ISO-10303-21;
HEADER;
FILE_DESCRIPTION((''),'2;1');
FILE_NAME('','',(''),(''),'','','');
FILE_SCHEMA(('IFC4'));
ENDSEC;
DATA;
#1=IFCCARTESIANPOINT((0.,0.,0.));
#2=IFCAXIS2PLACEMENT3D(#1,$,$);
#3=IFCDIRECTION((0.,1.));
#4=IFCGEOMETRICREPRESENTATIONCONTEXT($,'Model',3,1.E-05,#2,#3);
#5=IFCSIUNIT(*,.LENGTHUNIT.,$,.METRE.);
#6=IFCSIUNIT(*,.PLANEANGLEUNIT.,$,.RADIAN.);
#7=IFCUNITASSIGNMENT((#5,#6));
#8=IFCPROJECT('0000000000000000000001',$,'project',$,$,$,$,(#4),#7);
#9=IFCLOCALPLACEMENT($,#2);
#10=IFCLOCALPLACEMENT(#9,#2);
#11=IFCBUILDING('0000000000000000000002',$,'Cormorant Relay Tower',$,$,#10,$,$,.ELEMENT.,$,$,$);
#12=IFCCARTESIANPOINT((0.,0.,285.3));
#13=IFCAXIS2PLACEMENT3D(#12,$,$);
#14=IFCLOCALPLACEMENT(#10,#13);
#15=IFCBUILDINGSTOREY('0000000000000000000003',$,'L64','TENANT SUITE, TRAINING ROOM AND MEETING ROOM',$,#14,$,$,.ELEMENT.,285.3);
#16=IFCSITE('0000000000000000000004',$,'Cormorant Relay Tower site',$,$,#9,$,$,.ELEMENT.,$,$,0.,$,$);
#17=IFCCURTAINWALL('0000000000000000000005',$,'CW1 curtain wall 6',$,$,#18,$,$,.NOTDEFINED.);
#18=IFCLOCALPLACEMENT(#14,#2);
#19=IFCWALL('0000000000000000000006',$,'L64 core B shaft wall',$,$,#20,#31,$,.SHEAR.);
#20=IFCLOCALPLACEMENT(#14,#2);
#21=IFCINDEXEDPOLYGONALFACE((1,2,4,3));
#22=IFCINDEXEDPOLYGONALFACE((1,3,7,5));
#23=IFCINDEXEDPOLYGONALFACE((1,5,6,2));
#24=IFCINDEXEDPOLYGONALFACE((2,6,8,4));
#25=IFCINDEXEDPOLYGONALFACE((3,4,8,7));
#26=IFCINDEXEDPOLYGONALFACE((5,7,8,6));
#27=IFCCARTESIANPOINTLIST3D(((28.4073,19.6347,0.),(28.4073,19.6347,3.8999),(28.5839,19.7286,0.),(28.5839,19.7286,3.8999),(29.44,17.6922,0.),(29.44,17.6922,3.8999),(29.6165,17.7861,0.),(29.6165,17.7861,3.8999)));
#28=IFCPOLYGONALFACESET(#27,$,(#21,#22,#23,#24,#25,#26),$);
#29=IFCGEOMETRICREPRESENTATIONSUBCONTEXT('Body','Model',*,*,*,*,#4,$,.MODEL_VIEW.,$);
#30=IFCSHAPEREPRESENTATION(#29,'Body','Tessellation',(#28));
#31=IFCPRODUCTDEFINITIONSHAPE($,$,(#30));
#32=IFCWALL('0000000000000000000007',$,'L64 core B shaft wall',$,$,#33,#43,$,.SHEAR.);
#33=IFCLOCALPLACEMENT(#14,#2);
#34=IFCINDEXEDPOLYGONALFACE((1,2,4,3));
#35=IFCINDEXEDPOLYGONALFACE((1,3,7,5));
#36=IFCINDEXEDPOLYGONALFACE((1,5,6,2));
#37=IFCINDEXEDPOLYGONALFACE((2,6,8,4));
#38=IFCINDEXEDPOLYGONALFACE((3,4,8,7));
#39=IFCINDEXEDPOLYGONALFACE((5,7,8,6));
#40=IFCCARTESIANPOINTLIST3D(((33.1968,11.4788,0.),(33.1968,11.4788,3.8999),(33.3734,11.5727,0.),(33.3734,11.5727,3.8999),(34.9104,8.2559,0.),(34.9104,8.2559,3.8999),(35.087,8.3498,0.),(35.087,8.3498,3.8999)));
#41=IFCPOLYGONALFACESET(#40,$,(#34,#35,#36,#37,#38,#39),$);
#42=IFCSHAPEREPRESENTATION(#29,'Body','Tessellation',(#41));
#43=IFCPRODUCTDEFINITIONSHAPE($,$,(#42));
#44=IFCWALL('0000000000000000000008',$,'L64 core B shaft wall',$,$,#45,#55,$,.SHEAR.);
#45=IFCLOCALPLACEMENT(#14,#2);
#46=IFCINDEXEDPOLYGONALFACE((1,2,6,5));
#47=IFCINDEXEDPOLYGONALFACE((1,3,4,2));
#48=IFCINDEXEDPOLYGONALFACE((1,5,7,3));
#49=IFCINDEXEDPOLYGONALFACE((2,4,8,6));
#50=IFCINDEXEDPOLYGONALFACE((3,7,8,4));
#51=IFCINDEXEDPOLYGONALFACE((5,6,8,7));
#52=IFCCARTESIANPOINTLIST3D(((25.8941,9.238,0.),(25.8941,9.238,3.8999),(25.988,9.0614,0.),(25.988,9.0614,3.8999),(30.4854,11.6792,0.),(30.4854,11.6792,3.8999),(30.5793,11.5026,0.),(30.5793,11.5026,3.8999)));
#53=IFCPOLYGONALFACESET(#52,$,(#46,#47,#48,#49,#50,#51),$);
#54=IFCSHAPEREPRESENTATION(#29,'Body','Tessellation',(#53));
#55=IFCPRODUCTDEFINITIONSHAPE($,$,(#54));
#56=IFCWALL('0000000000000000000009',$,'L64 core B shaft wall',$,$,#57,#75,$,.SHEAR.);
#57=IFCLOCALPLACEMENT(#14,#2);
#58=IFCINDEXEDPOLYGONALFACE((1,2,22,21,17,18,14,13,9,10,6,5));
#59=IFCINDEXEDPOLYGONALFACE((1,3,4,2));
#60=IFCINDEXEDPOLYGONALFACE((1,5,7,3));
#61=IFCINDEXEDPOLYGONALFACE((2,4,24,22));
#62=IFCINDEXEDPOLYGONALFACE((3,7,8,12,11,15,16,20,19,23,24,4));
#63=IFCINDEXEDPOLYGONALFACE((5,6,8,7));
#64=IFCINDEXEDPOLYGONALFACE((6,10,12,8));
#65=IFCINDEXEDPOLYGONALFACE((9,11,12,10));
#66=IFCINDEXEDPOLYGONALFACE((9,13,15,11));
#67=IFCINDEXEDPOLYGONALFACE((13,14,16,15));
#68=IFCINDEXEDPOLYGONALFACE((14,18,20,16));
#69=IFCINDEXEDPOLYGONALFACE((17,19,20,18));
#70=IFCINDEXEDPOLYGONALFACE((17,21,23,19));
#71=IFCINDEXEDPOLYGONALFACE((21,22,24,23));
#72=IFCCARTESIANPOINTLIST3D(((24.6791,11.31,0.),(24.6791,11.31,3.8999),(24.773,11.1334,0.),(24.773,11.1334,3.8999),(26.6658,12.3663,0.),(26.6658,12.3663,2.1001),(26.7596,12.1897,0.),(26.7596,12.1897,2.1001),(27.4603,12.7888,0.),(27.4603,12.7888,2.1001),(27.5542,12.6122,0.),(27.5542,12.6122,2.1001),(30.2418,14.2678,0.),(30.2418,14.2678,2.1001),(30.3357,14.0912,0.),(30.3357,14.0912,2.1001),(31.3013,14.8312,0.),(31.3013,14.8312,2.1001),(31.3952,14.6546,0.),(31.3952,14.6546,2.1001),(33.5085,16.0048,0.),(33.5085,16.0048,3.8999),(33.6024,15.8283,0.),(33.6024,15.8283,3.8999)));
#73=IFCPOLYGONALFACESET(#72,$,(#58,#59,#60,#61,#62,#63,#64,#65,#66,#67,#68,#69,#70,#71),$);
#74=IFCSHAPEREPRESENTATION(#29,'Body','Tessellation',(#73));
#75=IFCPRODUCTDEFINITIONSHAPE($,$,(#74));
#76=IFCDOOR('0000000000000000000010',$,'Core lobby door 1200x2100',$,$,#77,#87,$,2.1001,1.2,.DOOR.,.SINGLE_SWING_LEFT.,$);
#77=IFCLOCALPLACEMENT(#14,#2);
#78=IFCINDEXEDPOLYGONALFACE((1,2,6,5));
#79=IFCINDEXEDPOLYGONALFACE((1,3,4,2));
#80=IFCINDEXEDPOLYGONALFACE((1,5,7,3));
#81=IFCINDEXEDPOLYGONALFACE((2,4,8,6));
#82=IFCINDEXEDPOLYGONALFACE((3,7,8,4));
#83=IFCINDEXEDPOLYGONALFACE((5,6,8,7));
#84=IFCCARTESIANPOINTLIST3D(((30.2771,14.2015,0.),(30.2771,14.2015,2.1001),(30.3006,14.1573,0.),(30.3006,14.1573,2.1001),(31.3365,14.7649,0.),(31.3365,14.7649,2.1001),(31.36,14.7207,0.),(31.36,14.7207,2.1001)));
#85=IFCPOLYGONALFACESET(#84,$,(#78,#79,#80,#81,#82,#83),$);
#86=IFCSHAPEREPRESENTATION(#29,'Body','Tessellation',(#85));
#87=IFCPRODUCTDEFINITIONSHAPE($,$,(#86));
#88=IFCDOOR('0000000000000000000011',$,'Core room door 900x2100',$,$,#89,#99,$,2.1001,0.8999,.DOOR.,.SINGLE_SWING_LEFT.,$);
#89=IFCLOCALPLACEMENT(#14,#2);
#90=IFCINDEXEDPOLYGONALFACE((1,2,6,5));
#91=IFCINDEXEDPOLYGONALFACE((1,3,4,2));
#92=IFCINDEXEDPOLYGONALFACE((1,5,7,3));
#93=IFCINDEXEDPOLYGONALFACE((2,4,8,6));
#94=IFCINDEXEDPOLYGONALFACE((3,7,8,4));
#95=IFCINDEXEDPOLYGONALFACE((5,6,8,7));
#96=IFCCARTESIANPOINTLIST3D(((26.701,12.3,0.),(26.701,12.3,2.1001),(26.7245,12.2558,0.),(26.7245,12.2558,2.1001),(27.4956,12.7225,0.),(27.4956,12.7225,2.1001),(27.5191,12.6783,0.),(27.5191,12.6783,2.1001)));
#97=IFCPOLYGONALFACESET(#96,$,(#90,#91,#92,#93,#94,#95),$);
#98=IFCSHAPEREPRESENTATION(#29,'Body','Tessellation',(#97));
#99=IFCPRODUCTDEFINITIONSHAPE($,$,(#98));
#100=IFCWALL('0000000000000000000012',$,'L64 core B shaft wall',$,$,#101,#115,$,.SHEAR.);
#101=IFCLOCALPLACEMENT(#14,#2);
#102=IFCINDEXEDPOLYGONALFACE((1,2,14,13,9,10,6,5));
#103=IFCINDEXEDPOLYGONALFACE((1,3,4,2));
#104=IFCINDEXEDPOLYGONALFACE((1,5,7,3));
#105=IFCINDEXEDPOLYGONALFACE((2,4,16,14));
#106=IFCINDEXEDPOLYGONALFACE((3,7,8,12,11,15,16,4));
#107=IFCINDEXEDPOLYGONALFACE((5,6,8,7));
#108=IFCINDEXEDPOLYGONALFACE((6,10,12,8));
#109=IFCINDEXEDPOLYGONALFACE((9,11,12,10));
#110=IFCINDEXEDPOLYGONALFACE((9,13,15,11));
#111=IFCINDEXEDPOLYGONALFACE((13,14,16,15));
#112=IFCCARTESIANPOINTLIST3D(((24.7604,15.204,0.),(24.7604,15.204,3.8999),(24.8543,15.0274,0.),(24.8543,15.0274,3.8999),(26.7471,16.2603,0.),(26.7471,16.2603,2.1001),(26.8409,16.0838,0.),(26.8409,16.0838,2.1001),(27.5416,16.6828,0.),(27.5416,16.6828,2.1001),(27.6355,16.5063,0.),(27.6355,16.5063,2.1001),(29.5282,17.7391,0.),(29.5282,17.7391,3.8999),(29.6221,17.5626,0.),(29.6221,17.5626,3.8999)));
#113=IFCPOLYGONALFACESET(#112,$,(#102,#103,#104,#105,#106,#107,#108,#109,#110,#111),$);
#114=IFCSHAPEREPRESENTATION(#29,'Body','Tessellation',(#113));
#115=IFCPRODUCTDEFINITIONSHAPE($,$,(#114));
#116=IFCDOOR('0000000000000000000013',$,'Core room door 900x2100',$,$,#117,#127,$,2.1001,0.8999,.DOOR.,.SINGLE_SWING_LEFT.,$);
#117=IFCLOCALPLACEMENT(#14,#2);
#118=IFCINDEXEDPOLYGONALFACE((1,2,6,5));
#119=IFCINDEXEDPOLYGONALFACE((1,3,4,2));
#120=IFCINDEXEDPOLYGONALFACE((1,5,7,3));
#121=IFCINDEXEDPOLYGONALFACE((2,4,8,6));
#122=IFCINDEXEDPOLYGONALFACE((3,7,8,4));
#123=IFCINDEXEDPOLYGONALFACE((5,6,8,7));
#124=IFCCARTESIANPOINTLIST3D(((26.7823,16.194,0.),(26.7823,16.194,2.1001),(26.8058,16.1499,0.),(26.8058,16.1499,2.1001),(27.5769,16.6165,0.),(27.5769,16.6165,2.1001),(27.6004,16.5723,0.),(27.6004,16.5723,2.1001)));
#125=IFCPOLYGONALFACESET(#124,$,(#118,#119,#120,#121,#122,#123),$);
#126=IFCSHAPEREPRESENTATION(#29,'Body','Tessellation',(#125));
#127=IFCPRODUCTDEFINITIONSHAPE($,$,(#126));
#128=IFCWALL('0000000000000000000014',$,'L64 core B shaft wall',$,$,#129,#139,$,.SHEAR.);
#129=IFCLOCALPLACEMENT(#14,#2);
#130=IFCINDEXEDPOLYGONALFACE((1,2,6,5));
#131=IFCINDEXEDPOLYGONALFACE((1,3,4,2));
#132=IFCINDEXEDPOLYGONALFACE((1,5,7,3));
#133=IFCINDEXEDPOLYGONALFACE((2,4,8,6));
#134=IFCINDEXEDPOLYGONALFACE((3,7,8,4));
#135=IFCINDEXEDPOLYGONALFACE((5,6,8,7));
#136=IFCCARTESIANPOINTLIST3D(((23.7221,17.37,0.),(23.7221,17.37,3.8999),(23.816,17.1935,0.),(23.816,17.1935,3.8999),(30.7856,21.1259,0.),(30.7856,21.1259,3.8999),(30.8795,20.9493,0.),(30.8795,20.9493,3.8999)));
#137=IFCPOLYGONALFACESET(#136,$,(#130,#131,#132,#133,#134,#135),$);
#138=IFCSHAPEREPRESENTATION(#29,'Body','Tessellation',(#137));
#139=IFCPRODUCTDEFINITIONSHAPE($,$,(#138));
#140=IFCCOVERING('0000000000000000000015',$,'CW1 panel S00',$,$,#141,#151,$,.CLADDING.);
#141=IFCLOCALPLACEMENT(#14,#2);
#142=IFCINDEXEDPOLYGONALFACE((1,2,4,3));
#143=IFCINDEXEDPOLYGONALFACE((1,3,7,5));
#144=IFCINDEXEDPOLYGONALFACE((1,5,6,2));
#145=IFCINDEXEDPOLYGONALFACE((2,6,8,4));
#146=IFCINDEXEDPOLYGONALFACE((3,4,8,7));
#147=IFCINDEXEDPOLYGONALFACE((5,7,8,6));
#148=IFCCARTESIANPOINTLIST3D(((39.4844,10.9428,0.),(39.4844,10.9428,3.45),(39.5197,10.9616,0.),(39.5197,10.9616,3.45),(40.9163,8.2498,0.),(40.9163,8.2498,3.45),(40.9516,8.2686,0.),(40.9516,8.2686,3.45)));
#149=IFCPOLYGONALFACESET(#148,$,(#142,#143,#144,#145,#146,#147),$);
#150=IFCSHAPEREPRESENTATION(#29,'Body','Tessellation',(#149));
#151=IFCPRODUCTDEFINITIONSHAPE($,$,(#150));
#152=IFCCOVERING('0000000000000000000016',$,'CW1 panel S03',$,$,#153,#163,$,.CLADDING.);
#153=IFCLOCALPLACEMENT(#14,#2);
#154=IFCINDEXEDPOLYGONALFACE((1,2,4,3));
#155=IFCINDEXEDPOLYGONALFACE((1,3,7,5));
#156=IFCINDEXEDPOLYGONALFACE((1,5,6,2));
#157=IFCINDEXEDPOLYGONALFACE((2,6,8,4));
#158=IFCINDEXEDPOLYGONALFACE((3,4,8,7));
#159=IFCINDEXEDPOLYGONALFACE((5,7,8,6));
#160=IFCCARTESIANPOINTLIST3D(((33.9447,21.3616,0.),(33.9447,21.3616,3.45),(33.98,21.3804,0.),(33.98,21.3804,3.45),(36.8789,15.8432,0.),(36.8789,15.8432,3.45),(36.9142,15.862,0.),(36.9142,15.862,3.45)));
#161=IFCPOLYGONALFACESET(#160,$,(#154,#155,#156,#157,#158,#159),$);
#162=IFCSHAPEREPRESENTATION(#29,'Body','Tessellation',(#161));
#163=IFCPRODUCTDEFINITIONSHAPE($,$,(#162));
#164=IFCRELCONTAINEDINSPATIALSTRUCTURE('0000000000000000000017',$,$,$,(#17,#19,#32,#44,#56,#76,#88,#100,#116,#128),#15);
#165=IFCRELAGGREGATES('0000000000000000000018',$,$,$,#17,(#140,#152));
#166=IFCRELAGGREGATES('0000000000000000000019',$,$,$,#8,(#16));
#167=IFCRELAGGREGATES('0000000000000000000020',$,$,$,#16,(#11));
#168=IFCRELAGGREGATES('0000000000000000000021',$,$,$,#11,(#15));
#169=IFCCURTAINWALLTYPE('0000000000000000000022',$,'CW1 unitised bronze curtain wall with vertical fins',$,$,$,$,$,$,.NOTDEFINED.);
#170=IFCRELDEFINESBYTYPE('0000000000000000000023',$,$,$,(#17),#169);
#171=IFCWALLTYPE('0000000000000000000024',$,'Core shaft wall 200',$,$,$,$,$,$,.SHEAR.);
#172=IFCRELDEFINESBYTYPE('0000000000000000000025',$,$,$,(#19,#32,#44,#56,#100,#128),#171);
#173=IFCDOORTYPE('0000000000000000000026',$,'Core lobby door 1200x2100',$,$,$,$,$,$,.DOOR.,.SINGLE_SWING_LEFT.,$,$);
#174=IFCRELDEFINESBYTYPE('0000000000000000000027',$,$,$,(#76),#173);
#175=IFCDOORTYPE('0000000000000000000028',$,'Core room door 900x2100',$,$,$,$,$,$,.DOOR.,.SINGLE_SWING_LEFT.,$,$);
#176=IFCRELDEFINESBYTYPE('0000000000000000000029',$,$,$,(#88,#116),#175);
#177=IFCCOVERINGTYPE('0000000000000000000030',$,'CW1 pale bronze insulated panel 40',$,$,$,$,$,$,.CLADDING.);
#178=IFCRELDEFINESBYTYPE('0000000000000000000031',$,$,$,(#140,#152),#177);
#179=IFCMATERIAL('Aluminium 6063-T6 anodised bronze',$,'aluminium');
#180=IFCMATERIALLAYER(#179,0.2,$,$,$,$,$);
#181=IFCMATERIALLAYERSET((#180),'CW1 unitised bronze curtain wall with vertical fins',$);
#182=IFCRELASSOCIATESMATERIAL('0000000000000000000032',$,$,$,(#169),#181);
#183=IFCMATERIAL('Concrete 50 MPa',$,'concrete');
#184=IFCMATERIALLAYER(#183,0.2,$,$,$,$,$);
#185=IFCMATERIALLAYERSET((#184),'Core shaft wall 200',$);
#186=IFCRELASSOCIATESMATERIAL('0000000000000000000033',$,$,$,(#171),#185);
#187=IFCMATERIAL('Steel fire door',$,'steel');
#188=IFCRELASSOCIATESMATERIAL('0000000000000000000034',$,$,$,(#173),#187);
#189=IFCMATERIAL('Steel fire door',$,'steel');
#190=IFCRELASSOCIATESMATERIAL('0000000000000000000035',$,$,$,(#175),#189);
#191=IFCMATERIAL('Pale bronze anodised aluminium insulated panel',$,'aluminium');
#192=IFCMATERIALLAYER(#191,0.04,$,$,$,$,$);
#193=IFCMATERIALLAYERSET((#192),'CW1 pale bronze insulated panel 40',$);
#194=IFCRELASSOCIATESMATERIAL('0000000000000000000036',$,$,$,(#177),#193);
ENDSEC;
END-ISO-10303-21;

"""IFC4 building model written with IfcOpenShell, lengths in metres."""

from ifc_helpers import new_model, si_unit, direction, frame, frame_2d, origin, origin_2d, place, context, subcontext, project, spatial, rectangle, extrude, material, layer, layer_set, type_object, element, fill, aggregate, save


model = new_model("IFC4")

# Units and contexts
model_context = context("Model", 3, precision=1e-05, world=origin(), true_north=direction((0.0, 1.0)))
body_context = subcontext(model_context, "Body", "Model", "MODEL_VIEW")
ifc_project = project(units=[si_unit("LENGTHUNIT", "METRE"), si_unit("PLANEANGLEUNIT", "RADIAN")], contexts=[model_context])

# Site, building, storey
site_placement = place(None, origin())
site = spatial("IfcSite", under=ifc_project, at=site_placement, Name="Cormorant Relay Tower site", CompositionType="ELEMENT", RefElevation=0.0)
building_placement = place(site_placement, origin())
building = spatial("IfcBuilding", under=site, at=building_placement, Name="Cormorant Relay Tower", CompositionType="ELEMENT")
storey_placement = place(building_placement, frame((0.0, 0.0, 285.3)))
storey = spatial("IfcBuildingStorey", under=building, at=storey_placement, Name="L64", Description="TENANT SUITE, TRAINING ROOM AND MEETING ROOM", CompositionType="ELEMENT", Elevation=285.3)

# Curtain wall
ifc_material_1 = material(Name="Aluminium 6063-T6 anodised bronze", Category="aluminium")
ifc_layer_1 = layer(ifc_material_1, 0.2)
ifc_layer_set_1 = layer_set([ifc_layer_1], Name="CW1 unitised bronze curtain wall with vertical fins")
curtain_wall_type = type_object("IfcCurtainWallType", Name="CW1 unitised bronze curtain wall with vertical fins", PredefinedType="NOTDEFINED", material=ifc_layer_set_1)
curtain_wall_1_placement = place(storey_placement, origin())
curtain_wall_1 = element("IfcCurtainWall", 1, at=curtain_wall_1_placement, inside=storey, type_object=curtain_wall_type, Name="CW1 curtain wall 6", PredefinedType="NOTDEFINED")

# Shared definitions
ifc_material_2 = material(Name="Concrete 50 MPa", Category="concrete")
ifc_layer_2 = layer(ifc_material_2, 0.2)
ifc_layer_set_2 = layer_set([ifc_layer_2], Name="Core shaft wall 200")
wall_type_1 = type_object("IfcWallType", Name="Core shaft wall 200", PredefinedType="SHEAR", material=ifc_layer_set_2)

# Walls
wall_1_placement = place(storey_placement, frame((29.5283, 17.739, 0.0), z_axis=(0.0, 0.0, 1.0), x_axis=(-0.469401, 0.882985, 0.0)))
element("IfcWall", 2, at=wall_1_placement, inside=storey, type_object=wall_type_1, Name="L64 core B shaft wall", PredefinedType="SHEAR", context=body_context, shape_type="SweptSolid", body=[
    extrude(rectangle(XDim=2.2, YDim=0.2, at=frame_2d((1.1001, 0.0))), origin(), (0.0, 0.0, 1.0), 3.8999),
])
wall_2_placement = place(storey_placement, frame((34.9988, 8.3027, 0.0), z_axis=(0.0, 0.0, 1.0), x_axis=(-0.469467, 0.88295, 0.0)))
element("IfcWall", 3, at=wall_2_placement, inside=storey, type_object=wall_type_1, Name="L64 core B shaft wall", PredefinedType="SHEAR", context=body_context, shape_type="SweptSolid", body=[
    extrude(rectangle(XDim=3.6501, YDim=0.2, at=frame_2d((1.8252, 0.0))), origin(), (0.0, 0.0, 1.0), 3.8999),
])

# Wall
wall_3_placement = place(storey_placement, frame((25.9409, 9.1497, 0.0), z_axis=(0.0, 0.0, 1.0), x_axis=(0.882954, 0.46946, 0.0)))
element("IfcWall", 4, at=wall_3_placement, inside=storey, type_object=wall_type_1, Name="L64 core B shaft wall", PredefinedType="SHEAR", context=body_context, shape_type="SweptSolid", body=[
    extrude(rectangle(XDim=5.2, YDim=0.2, at=frame_2d((2.6001, 0.0))), origin(), (0.0, 0.0, 1.0), 3.8999),
])

# Wall, openings, doors
wall_4_placement = place(storey_placement, frame((24.7261, 11.2217, 0.0), z_axis=(0.0, 0.0, 1.0), x_axis=(0.88294, 0.469485, 0.0)))
wall_4 = element("IfcWall", 5, at=wall_4_placement, inside=storey, type_object=wall_type_1, Name="L64 core B shaft wall", PredefinedType="SHEAR", context=body_context, shape_type="SweptSolid", body=[
    extrude(rectangle(XDim=10.0, YDim=0.2, at=frame_2d((5.0, 0.0))), origin(), (0.0, 0.0, 1.0), 3.8999),
])
opening_1_placement = place(wall_4_placement, frame((6.3, 0.0, 0.0)))
opening_1 = element("IfcOpeningElement", 6, at=opening_1_placement, cuts=wall_4, PredefinedType="OPENING", context=body_context, shape_type="SweptSolid", body=[
    extrude(rectangle(XDim=1.2, YDim=2.1001, at=frame_2d((0.6001, 1.05))), frame((0.0, 0.1099, 0.0), z_axis=(0.0, -1.0, 0.0), x_axis=(1.0, 0.0, 0.0)), (0.0, 0.0, 1.0), 0.22),
])
opening_2_placement = place(wall_4_placement, frame((2.25, 0.0, 0.0)))
opening_2 = element("IfcOpeningElement", 7, at=opening_2_placement, cuts=wall_4, PredefinedType="OPENING", context=body_context, shape_type="SweptSolid", body=[
    extrude(rectangle(XDim=0.8999, YDim=2.1001, at=frame_2d((0.45, 1.05))), frame((0.0, 0.1099, 0.0), z_axis=(0.0, -1.0, 0.0), x_axis=(1.0, 0.0, 0.0)), (0.0, 0.0, 1.0), 0.22),
])
ifc_material_3 = material(Name="Steel fire door", Category="steel")
door_type_1 = type_object("IfcDoorType", Name="Core lobby door 1200x2100", OperationType="SINGLE_SWING_LEFT", PredefinedType="DOOR", material=ifc_material_3)
door_1_placement = place(opening_1_placement, origin())
door_1 = element("IfcDoor", 8, at=door_1_placement, inside=storey, type_object=door_type_1, Name="Core lobby door 1200x2100", OperationType="SINGLE_SWING_LEFT", OverallHeight=2.1001, OverallWidth=1.2, PredefinedType="DOOR", context=body_context, shape_type="SweptSolid", body=[
    extrude(rectangle(XDim=1.2, YDim=2.1001, at=frame_2d((0.6001, 1.05))), frame((0.0, 0.0249, 0.0), z_axis=(0.0, -1.0, 0.0), x_axis=(1.0, 0.0, 0.0)), (0.0, 0.0, 1.0), 0.05),
])
fill(opening_1, door_1)
ifc_material_4 = material(Name="Steel fire door", Category="steel")
door_type_2 = type_object("IfcDoorType", Name="Core room door 900x2100", OperationType="SINGLE_SWING_LEFT", PredefinedType="DOOR", material=ifc_material_4)
door_2_placement = place(opening_2_placement, origin())
door_2 = element("IfcDoor", 9, at=door_2_placement, inside=storey, type_object=door_type_2, Name="Core room door 900x2100", OperationType="SINGLE_SWING_LEFT", OverallHeight=2.1001, OverallWidth=0.8999, PredefinedType="DOOR", context=body_context, shape_type="SweptSolid", body=[
    extrude(rectangle(XDim=0.8999, YDim=2.1001, at=frame_2d((0.45, 1.05))), frame((0.0, 0.0249, 0.0), z_axis=(0.0, -1.0, 0.0), x_axis=(1.0, 0.0, 0.0)), (0.0, 0.0, 1.0), 0.05),
])
fill(opening_2, door_2)

# Wall, opening, door
wall_5_placement = place(storey_placement, frame((24.8074, 15.1157, 0.0), z_axis=(0.0, 0.0, 1.0), x_axis=(0.882943, 0.46948, 0.0)))
wall_5 = element("IfcWall", 10, at=wall_5_placement, inside=storey, type_object=wall_type_1, Name="L64 core B shaft wall", PredefinedType="SHEAR", context=body_context, shape_type="SweptSolid", body=[
    extrude(rectangle(XDim=5.3999, YDim=0.2, at=frame_2d((2.7, 0.0))), origin(), (0.0, 0.0, 1.0), 3.8999),
])
opening_3_placement = place(wall_5_placement, frame((2.25, 0.0, 0.0)))
opening_3 = element("IfcOpeningElement", 11, at=opening_3_placement, cuts=wall_5, PredefinedType="OPENING", context=body_context, shape_type="SweptSolid", body=[
    extrude(rectangle(XDim=0.8999, YDim=2.1001, at=frame_2d((0.45, 1.05))), frame((0.0, 0.1099, 0.0), z_axis=(0.0, -1.0, 0.0), x_axis=(1.0, 0.0, 0.0)), (0.0, 0.0, 1.0), 0.22),
])
door_3_placement = place(opening_3_placement, origin())
door_3 = element("IfcDoor", 12, at=door_3_placement, inside=storey, type_object=door_type_2, Name="Core room door 900x2100", OperationType="SINGLE_SWING_LEFT", OverallHeight=2.1001, OverallWidth=0.8999, PredefinedType="DOOR", context=body_context, shape_type="SweptSolid", body=[
    extrude(rectangle(XDim=0.8999, YDim=2.1001, at=frame_2d((0.45, 1.05))), frame((0.0, 0.0249, 0.0), z_axis=(0.0, -1.0, 0.0), x_axis=(1.0, 0.0, 0.0)), (0.0, 0.0, 1.0), 0.05),
])
fill(opening_3, door_3)

# Wall
wall_6_placement = place(storey_placement, frame((23.769, 17.2817, 0.0), z_axis=(0.0, 0.0, 1.0), x_axis=(0.88294, 0.469485, 0.0)))
element("IfcWall", 13, at=wall_6_placement, inside=storey, type_object=wall_type_1, Name="L64 core B shaft wall", PredefinedType="SHEAR", context=body_context, shape_type="SweptSolid", body=[
    extrude(rectangle(XDim=8.0, YDim=0.2, at=frame_2d((4.0, 0.0))), origin(), (0.0, 0.0, 1.0), 3.8999),
])

# Coverings
ifc_material_5 = material(Name="Pale bronze anodised aluminium insulated panel", Category="aluminium")
ifc_layer_3 = layer(ifc_material_5, 0.04)
ifc_layer_set_3 = layer_set([ifc_layer_3], Name="CW1 pale bronze insulated panel 40")
covering_type = type_object("IfcCoveringType", Name="CW1 pale bronze insulated panel 40", PredefinedType="CLADDING", material=ifc_layer_set_3)
covering_1_placement = place(storey_placement, frame((40.218, 9.6057, 0.0), z_axis=(0.0, 0.0, 1.0), x_axis=(-0.469472, 0.882948, 0.0)))
covering_1 = element("IfcCovering", 14, at=covering_1_placement, type_object=covering_type, Name="CW1 panel S00", PredefinedType="CLADDING", context=body_context, shape_type="SweptSolid", body=[
    extrude(rectangle(XDim=3.05, YDim=0.04, at=origin_2d()), origin(), (0.0, 0.0, 1.0), 3.45),
])
covering_2_placement = place(storey_placement, frame((35.4294, 18.6118, 0.0), z_axis=(0.0, 0.0, 1.0), x_axis=(-0.469472, 0.882948, 0.0)))
covering_2 = element("IfcCovering", 15, at=covering_2_placement, type_object=covering_type, Name="CW1 panel S03", PredefinedType="CLADDING", context=body_context, shape_type="SweptSolid", body=[
    extrude(rectangle(XDim=6.25, YDim=0.04, at=origin_2d()), origin(), (0.0, 0.0, 1.0), 3.45),
])
aggregate(curtain_wall_1, [covering_1, covering_2])

save(model, "model.ifc")
